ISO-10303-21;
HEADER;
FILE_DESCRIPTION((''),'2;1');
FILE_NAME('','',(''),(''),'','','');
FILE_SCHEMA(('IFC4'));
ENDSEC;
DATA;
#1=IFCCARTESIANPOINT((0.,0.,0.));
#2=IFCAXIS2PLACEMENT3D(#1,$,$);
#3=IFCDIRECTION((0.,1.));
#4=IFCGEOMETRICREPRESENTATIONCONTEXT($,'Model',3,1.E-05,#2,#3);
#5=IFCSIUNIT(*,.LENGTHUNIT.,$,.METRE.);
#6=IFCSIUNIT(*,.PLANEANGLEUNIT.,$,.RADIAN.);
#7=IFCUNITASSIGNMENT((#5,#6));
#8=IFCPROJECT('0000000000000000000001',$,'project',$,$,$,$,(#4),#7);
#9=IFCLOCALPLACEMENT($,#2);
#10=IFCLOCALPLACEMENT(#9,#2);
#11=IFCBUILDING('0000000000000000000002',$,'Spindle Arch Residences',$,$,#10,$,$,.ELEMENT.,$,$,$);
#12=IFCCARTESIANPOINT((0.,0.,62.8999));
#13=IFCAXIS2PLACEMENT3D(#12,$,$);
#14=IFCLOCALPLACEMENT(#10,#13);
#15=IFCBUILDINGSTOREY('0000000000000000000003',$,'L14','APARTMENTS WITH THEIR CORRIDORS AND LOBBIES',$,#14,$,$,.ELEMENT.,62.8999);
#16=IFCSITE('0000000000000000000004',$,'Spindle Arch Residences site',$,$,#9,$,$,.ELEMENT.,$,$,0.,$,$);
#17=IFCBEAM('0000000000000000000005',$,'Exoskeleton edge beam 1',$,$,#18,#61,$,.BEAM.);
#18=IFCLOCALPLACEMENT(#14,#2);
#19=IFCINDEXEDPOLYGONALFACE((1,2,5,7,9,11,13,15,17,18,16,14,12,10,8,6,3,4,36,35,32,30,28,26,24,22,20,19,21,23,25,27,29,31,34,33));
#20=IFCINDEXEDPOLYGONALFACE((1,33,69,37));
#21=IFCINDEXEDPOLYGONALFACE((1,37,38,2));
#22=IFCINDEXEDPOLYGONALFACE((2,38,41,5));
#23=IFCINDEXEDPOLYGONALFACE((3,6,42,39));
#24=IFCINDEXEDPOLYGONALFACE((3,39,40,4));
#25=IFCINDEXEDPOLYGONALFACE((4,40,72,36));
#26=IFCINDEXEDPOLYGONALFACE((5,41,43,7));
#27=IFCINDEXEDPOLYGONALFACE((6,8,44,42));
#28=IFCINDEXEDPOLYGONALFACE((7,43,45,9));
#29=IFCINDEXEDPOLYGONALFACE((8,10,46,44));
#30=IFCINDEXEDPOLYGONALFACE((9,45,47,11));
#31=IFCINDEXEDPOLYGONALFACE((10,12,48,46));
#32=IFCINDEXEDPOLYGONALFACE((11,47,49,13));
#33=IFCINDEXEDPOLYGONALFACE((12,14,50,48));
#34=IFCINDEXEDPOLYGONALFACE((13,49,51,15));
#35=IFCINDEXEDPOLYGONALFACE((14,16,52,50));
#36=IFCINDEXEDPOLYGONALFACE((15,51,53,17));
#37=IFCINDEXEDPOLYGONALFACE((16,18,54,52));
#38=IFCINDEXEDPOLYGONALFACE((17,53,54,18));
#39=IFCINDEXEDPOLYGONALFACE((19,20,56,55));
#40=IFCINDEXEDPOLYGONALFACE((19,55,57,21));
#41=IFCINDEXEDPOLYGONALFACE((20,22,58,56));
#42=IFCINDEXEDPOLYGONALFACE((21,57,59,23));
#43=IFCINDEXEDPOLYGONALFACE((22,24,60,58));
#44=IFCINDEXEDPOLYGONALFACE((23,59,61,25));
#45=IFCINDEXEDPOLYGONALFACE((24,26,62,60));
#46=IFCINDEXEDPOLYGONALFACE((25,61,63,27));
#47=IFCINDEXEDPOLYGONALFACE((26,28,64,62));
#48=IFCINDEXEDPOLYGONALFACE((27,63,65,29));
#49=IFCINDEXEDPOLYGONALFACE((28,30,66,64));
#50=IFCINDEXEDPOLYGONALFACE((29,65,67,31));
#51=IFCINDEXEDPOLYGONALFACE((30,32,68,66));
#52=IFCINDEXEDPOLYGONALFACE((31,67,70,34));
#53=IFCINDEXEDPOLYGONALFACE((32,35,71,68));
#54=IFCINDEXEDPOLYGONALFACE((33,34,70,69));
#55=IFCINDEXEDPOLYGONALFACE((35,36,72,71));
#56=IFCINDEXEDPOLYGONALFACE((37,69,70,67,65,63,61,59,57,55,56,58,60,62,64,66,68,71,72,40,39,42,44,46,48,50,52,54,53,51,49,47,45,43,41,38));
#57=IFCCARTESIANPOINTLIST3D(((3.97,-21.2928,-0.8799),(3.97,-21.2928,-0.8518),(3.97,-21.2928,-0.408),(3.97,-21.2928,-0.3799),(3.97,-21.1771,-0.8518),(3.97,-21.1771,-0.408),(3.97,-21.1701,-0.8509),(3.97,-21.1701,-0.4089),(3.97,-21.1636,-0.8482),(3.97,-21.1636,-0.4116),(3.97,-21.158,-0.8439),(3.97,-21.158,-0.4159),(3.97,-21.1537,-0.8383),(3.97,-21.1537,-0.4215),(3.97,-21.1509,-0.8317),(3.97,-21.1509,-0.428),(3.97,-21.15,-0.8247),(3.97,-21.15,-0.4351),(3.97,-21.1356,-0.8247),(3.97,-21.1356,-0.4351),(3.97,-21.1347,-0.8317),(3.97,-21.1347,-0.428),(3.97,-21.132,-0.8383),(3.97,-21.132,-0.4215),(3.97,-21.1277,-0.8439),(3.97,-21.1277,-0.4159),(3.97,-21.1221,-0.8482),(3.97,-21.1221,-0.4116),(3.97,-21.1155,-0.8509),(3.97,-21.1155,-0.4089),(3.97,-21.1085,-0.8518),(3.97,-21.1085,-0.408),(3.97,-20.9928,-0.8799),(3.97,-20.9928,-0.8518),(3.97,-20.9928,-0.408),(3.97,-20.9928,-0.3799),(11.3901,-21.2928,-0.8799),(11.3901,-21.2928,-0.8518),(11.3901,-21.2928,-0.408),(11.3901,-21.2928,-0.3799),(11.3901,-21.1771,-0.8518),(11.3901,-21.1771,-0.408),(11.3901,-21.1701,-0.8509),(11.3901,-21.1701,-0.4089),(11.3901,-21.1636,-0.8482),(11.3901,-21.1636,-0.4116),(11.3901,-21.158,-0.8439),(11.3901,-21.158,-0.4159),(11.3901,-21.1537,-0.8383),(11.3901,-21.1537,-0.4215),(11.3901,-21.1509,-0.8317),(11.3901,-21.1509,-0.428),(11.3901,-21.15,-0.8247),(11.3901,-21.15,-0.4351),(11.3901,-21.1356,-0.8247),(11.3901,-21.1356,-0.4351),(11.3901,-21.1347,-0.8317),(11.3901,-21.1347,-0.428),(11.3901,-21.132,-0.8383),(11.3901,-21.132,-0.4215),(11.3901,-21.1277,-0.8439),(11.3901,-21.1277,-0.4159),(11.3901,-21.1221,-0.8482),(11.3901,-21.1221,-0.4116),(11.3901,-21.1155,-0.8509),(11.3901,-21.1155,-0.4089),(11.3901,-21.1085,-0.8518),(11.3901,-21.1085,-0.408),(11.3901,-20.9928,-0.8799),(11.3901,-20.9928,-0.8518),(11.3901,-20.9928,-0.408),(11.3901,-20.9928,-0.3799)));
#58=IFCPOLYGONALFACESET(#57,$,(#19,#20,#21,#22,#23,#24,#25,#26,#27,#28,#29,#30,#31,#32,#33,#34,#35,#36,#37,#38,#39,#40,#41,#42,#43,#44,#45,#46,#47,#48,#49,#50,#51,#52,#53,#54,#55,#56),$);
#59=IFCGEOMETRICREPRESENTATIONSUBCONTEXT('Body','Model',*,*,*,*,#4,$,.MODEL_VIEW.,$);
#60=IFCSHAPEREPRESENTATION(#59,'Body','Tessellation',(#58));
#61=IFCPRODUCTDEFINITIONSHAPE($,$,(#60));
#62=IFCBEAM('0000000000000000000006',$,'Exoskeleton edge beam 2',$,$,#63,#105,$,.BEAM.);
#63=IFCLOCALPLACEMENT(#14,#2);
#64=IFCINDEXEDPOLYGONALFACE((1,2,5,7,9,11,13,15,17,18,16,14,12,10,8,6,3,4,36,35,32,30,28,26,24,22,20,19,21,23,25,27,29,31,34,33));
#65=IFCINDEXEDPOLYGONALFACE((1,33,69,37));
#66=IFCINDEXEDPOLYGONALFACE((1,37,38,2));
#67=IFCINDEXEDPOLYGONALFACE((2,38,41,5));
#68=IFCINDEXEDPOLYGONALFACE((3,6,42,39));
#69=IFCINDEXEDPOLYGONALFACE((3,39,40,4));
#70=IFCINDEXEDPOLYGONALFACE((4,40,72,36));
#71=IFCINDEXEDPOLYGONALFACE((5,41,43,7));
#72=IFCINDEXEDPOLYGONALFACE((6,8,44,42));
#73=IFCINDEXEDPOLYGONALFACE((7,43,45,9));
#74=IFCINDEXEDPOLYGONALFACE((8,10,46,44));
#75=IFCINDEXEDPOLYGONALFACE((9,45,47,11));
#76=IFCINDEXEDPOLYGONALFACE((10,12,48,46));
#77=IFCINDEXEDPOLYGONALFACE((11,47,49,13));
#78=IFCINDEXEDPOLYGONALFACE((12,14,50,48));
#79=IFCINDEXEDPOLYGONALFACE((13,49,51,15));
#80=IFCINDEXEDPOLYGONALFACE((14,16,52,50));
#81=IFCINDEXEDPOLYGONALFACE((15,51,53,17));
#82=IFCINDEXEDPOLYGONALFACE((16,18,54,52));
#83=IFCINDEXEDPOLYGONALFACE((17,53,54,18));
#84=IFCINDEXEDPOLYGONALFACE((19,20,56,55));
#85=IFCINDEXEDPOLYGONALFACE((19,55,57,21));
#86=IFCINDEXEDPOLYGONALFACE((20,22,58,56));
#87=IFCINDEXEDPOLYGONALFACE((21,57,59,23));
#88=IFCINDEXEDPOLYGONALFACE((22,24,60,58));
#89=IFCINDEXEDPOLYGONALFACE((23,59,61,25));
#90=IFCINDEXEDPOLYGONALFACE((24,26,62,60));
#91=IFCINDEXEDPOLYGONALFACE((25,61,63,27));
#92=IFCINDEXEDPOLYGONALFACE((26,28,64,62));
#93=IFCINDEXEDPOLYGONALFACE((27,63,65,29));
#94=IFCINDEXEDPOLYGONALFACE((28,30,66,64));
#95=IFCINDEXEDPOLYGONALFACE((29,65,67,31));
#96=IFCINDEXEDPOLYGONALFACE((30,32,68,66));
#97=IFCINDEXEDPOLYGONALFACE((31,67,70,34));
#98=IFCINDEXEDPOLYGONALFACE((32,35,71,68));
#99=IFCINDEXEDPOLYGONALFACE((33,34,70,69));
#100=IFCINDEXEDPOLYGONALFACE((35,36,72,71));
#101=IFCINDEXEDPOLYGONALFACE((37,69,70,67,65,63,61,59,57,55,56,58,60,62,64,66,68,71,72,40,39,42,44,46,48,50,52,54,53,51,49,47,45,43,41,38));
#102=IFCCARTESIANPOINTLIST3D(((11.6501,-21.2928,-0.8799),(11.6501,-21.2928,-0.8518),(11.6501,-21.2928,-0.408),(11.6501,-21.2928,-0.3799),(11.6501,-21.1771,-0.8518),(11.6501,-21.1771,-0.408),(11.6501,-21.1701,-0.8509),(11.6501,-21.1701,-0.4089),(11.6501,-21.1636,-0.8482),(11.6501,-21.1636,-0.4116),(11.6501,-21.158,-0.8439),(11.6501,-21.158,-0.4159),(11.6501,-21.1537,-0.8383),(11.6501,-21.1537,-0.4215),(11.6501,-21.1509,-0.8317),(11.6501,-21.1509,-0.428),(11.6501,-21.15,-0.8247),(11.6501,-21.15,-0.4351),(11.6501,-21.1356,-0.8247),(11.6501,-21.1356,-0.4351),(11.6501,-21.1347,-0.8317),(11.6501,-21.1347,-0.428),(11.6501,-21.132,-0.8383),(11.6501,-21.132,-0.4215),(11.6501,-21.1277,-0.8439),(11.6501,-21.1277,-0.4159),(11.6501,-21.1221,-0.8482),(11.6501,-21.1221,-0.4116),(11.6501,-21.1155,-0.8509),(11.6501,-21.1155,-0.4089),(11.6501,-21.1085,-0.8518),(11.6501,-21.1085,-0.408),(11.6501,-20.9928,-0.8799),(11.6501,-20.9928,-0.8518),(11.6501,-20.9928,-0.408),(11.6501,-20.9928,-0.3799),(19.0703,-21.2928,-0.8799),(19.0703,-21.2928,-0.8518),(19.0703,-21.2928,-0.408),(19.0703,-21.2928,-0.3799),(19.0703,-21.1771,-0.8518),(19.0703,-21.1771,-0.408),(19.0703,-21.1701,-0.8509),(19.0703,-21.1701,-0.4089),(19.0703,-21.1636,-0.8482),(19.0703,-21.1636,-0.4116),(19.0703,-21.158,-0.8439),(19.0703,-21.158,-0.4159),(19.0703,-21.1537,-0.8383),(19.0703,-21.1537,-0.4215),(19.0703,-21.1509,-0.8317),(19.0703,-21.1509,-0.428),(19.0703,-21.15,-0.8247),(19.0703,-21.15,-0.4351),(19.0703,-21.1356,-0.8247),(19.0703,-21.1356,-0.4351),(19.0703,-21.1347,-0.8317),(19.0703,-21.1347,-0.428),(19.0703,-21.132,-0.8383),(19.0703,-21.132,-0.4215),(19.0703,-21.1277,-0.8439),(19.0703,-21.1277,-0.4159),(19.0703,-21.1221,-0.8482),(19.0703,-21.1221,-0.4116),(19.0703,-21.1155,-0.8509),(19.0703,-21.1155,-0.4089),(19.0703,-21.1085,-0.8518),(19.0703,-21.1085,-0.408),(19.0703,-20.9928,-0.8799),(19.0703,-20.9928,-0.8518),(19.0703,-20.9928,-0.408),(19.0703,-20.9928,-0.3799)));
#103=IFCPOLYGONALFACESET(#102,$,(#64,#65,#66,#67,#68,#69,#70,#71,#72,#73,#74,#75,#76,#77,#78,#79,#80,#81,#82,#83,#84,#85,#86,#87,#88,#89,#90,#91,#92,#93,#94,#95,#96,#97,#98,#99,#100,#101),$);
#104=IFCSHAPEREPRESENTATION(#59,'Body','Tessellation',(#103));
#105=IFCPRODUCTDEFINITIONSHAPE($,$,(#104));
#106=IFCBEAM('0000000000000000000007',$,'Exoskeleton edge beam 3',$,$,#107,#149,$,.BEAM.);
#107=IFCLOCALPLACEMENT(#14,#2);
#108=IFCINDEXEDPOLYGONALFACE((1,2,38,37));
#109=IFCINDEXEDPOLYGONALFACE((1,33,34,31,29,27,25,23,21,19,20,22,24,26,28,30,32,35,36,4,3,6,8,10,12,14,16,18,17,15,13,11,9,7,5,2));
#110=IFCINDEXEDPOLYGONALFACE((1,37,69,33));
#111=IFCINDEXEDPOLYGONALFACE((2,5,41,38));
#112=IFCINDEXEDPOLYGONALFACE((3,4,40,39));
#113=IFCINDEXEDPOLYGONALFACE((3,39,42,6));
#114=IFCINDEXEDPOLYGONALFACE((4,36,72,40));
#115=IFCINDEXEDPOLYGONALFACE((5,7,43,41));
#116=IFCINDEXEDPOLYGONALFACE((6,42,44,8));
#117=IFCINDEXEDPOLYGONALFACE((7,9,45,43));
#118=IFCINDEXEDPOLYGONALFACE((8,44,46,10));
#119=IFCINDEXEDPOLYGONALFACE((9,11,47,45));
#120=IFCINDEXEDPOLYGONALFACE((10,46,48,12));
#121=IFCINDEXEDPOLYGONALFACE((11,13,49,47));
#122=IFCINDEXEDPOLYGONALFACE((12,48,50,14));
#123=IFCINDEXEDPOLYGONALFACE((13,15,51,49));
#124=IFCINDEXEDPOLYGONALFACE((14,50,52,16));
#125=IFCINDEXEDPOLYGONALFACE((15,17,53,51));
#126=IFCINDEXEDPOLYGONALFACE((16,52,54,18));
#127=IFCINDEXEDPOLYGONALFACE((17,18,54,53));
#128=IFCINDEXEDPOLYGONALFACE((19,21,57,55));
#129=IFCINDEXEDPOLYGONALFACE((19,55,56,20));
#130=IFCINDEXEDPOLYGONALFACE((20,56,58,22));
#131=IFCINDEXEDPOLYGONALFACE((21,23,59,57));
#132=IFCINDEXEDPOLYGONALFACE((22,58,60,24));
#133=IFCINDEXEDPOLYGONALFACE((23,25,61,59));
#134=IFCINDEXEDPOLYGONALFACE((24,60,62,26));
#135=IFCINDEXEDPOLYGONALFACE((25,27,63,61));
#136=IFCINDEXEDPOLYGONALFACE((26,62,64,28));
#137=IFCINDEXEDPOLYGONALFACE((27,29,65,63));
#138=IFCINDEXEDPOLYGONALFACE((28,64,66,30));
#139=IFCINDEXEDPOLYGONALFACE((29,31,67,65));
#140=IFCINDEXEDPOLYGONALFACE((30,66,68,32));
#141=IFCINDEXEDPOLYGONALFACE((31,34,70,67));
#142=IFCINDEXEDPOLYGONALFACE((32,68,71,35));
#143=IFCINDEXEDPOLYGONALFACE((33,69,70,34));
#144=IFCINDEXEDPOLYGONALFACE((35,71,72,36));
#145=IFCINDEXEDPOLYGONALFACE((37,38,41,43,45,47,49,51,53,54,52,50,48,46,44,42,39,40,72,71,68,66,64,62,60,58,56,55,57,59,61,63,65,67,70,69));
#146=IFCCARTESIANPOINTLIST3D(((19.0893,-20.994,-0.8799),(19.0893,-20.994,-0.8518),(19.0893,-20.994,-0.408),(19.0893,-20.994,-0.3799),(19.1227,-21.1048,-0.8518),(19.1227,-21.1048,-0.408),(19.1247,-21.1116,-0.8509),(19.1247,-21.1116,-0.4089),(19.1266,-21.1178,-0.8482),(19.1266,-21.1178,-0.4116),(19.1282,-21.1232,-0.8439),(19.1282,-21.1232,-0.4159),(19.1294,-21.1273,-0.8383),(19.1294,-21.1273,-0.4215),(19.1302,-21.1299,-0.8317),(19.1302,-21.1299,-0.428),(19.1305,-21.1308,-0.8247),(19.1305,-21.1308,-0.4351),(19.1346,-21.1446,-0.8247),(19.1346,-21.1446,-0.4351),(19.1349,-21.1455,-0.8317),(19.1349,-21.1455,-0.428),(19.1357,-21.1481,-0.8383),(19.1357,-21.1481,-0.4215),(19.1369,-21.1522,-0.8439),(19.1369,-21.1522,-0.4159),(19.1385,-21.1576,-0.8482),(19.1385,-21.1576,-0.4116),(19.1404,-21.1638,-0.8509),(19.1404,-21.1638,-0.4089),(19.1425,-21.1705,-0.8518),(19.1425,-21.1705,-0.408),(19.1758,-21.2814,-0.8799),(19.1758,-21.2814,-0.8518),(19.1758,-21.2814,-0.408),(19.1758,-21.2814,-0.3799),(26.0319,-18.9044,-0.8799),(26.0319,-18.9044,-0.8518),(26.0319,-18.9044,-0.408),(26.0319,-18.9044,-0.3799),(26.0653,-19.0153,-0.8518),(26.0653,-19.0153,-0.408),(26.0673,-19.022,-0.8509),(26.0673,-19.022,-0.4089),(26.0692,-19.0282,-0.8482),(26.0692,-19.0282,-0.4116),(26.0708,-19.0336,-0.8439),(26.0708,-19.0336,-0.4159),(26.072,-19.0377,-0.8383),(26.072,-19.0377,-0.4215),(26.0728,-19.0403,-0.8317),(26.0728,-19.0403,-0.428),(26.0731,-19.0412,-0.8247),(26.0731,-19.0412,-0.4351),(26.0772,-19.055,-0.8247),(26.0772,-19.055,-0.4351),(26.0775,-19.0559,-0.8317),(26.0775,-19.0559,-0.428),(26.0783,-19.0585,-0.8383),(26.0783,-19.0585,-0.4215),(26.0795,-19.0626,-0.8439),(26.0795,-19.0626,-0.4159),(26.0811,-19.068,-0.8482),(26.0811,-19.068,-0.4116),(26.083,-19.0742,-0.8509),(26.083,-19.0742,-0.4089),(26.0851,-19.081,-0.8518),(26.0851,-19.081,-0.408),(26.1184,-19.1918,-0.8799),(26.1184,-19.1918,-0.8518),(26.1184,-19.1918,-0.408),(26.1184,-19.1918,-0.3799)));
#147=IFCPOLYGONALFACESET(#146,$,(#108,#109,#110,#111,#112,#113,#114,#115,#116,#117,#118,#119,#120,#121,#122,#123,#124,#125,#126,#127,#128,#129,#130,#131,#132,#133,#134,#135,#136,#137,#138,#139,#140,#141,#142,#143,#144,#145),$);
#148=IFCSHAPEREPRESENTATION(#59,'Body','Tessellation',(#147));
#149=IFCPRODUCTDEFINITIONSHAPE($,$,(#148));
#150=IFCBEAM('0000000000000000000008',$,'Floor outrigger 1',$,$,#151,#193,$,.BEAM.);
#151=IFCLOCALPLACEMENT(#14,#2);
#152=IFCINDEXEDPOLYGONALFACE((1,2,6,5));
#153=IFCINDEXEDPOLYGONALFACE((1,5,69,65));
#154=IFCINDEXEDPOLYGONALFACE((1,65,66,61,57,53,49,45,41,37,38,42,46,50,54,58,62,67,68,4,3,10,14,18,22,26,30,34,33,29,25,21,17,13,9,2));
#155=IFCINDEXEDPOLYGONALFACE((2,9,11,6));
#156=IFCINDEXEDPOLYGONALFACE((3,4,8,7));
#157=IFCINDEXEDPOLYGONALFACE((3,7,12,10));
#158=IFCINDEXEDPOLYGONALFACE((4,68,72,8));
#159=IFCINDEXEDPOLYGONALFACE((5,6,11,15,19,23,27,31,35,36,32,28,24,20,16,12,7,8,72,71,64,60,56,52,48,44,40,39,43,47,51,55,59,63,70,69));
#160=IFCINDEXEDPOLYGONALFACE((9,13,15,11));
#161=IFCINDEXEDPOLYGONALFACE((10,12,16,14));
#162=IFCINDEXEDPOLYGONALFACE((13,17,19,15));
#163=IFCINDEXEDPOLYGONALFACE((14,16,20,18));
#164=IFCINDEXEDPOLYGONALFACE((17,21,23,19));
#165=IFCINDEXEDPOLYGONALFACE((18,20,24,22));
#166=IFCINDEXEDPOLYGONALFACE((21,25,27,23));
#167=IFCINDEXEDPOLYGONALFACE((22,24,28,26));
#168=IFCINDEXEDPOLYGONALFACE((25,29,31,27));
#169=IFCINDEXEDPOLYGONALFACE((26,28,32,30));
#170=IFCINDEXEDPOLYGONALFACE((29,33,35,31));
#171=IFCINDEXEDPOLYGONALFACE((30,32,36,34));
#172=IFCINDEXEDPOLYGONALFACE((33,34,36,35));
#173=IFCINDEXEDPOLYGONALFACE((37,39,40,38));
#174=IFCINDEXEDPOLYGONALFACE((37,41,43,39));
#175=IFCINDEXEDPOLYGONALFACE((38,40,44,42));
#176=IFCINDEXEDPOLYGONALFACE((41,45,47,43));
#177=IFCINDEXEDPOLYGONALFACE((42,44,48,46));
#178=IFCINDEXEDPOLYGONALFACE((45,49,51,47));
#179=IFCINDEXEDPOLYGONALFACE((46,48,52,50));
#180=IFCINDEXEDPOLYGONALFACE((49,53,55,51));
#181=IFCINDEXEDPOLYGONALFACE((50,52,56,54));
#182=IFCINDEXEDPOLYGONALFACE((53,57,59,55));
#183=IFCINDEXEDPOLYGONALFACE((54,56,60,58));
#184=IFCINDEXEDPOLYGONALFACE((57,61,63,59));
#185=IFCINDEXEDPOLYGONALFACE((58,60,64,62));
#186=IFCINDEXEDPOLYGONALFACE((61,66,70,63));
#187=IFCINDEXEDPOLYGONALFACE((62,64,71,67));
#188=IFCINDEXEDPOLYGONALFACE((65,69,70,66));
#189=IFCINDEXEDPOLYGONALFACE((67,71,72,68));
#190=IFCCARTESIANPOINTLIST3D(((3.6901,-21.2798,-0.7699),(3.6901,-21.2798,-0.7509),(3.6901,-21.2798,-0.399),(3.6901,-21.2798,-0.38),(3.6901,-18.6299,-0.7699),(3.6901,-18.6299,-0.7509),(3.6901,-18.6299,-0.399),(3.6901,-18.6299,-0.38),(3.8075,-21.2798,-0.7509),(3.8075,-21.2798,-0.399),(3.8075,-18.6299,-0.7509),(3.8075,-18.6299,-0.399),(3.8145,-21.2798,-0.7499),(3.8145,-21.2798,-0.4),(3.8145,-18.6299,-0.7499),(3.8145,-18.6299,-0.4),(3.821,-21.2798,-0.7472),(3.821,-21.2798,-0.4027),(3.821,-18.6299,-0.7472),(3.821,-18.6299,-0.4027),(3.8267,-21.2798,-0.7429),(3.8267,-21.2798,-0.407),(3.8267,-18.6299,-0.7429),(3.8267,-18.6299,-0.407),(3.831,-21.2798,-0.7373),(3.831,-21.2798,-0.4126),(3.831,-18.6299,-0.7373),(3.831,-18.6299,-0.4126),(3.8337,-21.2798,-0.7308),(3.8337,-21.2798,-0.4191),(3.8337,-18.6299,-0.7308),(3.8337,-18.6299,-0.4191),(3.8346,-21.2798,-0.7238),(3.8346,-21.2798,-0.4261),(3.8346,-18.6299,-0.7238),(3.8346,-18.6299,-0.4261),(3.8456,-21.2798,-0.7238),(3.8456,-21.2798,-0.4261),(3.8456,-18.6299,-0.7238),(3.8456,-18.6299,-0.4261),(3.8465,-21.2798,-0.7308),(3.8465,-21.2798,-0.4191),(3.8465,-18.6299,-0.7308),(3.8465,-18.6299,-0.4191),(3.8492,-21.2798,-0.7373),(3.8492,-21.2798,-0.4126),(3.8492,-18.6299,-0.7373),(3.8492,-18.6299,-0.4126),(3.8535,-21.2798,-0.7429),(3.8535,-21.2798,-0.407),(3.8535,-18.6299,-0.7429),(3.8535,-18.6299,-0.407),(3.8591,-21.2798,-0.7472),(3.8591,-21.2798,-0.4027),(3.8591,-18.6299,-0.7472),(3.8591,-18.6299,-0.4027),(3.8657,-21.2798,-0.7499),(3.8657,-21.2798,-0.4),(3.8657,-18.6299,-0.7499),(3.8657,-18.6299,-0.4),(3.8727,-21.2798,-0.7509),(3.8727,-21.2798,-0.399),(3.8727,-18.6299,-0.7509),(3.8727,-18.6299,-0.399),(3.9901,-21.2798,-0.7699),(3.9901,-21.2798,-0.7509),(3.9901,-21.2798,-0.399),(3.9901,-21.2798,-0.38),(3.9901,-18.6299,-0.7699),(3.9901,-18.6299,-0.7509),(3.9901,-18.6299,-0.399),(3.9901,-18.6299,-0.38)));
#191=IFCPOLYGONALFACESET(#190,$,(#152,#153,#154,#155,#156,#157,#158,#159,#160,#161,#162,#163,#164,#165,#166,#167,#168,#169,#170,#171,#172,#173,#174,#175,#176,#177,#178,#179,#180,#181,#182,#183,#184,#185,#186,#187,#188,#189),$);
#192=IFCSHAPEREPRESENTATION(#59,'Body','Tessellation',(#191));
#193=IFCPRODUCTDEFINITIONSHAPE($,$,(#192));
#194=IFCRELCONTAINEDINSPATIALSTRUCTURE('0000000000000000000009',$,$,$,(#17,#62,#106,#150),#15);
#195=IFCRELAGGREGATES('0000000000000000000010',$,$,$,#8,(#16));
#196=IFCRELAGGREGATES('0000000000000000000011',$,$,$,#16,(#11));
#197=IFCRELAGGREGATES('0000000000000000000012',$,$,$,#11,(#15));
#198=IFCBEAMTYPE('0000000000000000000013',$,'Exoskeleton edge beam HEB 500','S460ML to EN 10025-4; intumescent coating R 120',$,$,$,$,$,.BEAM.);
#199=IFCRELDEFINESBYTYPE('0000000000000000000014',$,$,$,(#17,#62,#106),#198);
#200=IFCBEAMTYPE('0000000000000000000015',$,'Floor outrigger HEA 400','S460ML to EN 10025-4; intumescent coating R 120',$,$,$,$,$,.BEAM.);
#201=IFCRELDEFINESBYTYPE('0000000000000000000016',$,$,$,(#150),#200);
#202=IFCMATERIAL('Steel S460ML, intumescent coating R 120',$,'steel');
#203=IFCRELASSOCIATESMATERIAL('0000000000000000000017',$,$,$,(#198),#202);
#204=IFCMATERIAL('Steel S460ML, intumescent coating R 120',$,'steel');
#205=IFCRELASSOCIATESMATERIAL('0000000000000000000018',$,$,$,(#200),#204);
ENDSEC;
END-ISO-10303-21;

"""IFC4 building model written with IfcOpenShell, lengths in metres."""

from ifc_helpers import new_model, si_unit, direction, frame, origin, origin_2d, place, context, subcontext, project, spatial, i_section, extrude, material, material_profile, profile_set, type_object, element, save


model = new_model("IFC4")

# Units and contexts
model_context = context("Model", 3, precision=1e-05, world=origin(), true_north=direction((0.0, 1.0)))
body_context = subcontext(model_context, "Body", "Model", "MODEL_VIEW")
ifc_project = project(units=[si_unit("LENGTHUNIT", "METRE"), si_unit("PLANEANGLEUNIT", "RADIAN")], contexts=[model_context])

# Site, building, storey
site_placement = place(None, origin())
site = spatial("IfcSite", under=ifc_project, at=site_placement, Name="Spindle Arch Residences site", CompositionType="ELEMENT", RefElevation=0.0)
building_placement = place(site_placement, origin())
building = spatial("IfcBuilding", under=site, at=building_placement, Name="Spindle Arch Residences", CompositionType="ELEMENT")
storey_placement = place(building_placement, frame((0.0, 0.0, 62.8999)))
storey = spatial("IfcBuildingStorey", under=building, at=storey_placement, Name="L14", Description="APARTMENTS WITH THEIR CORRIDORS AND LOBBIES", CompositionType="ELEMENT", Elevation=62.8999)

# Beams
ifc_material_1 = material(Name="Steel S460ML, intumescent coating R 120", Category="steel")
ifc_material_profile_1 = material_profile(ifc_material_1, i_section(OverallWidth=0.3, OverallDepth=0.5, WebThickness=0.0144, FlangeThickness=0.0281, FilletRadius=0.0271, at=origin_2d()), Name="HEB 500")
ifc_profile_set_1 = profile_set([ifc_material_profile_1], Name="Steel S460ML, intumescent coating R 120")
beam_type_1 = type_object("IfcBeamType", Name="Exoskeleton edge beam HEB 500", Description="S460ML to EN 10025-4; intumescent coating R 120", PredefinedType="BEAM", material=ifc_profile_set_1)
for number, where, z_axis, x_axis, name in (
    (1, (3.97, -21.1428, -0.6299), (1.0, 0.0, 0.0), (0.0, 1.0, 0.0), "Exoskeleton edge beam 1"),
    (2, (11.6501, -21.1428, -0.6299), (1.0, 0.0, 0.0), (0.0, 1.0, 0.0), "Exoskeleton edge beam 2"),
):
    element("IfcBeam", number, at=place(storey_placement, frame(where, z_axis=z_axis, x_axis=x_axis)), inside=storey, type_object=beam_type_1, Name=name, PredefinedType="BEAM", context=body_context, shape_type="SweptSolid", body=[
        extrude(i_section(OverallWidth=0.3, OverallDepth=0.5, WebThickness=0.0144, FlangeThickness=0.0281, FilletRadius=0.0271, at=origin_2d()), origin(), (0.0, 0.0, 1.0), 7.4202),
    ])
beam_placement = place(storey_placement, frame((19.1326, -21.1377, -0.6299), z_axis=(0.957567, 0.28821, 0.0), x_axis=(-0.28821, 0.957567, 0.0)))
element("IfcBeam", 3, at=beam_placement, inside=storey, type_object=beam_type_1, Name="Exoskeleton edge beam 3", PredefinedType="BEAM", context=body_context, shape_type="SweptSolid", body=[
    extrude(i_section(OverallWidth=0.3, OverallDepth=0.5, WebThickness=0.0144, FlangeThickness=0.0281, FilletRadius=0.0271, at=origin_2d()), origin(), (0.0, 0.0, 1.0), 7.2502),
])
ifc_material_2 = material(Name="Steel S460ML, intumescent coating R 120", Category="steel")
ifc_material_profile_2 = material_profile(ifc_material_2, i_section(OverallWidth=0.3, OverallDepth=0.3899, WebThickness=0.011, FlangeThickness=0.019, FilletRadius=0.0271, at=origin_2d()), Name="HEA 400")
ifc_profile_set_2 = profile_set([ifc_material_profile_2], Name="Steel S460ML, intumescent coating R 120")
beam_type_2 = type_object("IfcBeamType", Name="Floor outrigger HEA 400", Description="S460ML to EN 10025-4; intumescent coating R 120", PredefinedType="BEAM", material=ifc_profile_set_2)
for number, where, z_axis, x_axis, name in (
    (4, (3.8401, -21.2798, -0.575), (0.0, 1.0, 0.0), (-1.0, 0.0, 0.0), "Floor outrigger 1"),
):
    element("IfcBeam", number, at=place(storey_placement, frame(where, z_axis=z_axis, x_axis=x_axis)), inside=storey, type_object=beam_type_2, Name=name, PredefinedType="BEAM", context=body_context, shape_type="SweptSolid", body=[
        extrude(i_section(OverallWidth=0.3, OverallDepth=0.3899, WebThickness=0.011, FlangeThickness=0.019, FilletRadius=0.0271, at=origin_2d()), origin(), (0.0, 0.0, 1.0), 2.6499),
    ])

save(model, "model.ifc")
